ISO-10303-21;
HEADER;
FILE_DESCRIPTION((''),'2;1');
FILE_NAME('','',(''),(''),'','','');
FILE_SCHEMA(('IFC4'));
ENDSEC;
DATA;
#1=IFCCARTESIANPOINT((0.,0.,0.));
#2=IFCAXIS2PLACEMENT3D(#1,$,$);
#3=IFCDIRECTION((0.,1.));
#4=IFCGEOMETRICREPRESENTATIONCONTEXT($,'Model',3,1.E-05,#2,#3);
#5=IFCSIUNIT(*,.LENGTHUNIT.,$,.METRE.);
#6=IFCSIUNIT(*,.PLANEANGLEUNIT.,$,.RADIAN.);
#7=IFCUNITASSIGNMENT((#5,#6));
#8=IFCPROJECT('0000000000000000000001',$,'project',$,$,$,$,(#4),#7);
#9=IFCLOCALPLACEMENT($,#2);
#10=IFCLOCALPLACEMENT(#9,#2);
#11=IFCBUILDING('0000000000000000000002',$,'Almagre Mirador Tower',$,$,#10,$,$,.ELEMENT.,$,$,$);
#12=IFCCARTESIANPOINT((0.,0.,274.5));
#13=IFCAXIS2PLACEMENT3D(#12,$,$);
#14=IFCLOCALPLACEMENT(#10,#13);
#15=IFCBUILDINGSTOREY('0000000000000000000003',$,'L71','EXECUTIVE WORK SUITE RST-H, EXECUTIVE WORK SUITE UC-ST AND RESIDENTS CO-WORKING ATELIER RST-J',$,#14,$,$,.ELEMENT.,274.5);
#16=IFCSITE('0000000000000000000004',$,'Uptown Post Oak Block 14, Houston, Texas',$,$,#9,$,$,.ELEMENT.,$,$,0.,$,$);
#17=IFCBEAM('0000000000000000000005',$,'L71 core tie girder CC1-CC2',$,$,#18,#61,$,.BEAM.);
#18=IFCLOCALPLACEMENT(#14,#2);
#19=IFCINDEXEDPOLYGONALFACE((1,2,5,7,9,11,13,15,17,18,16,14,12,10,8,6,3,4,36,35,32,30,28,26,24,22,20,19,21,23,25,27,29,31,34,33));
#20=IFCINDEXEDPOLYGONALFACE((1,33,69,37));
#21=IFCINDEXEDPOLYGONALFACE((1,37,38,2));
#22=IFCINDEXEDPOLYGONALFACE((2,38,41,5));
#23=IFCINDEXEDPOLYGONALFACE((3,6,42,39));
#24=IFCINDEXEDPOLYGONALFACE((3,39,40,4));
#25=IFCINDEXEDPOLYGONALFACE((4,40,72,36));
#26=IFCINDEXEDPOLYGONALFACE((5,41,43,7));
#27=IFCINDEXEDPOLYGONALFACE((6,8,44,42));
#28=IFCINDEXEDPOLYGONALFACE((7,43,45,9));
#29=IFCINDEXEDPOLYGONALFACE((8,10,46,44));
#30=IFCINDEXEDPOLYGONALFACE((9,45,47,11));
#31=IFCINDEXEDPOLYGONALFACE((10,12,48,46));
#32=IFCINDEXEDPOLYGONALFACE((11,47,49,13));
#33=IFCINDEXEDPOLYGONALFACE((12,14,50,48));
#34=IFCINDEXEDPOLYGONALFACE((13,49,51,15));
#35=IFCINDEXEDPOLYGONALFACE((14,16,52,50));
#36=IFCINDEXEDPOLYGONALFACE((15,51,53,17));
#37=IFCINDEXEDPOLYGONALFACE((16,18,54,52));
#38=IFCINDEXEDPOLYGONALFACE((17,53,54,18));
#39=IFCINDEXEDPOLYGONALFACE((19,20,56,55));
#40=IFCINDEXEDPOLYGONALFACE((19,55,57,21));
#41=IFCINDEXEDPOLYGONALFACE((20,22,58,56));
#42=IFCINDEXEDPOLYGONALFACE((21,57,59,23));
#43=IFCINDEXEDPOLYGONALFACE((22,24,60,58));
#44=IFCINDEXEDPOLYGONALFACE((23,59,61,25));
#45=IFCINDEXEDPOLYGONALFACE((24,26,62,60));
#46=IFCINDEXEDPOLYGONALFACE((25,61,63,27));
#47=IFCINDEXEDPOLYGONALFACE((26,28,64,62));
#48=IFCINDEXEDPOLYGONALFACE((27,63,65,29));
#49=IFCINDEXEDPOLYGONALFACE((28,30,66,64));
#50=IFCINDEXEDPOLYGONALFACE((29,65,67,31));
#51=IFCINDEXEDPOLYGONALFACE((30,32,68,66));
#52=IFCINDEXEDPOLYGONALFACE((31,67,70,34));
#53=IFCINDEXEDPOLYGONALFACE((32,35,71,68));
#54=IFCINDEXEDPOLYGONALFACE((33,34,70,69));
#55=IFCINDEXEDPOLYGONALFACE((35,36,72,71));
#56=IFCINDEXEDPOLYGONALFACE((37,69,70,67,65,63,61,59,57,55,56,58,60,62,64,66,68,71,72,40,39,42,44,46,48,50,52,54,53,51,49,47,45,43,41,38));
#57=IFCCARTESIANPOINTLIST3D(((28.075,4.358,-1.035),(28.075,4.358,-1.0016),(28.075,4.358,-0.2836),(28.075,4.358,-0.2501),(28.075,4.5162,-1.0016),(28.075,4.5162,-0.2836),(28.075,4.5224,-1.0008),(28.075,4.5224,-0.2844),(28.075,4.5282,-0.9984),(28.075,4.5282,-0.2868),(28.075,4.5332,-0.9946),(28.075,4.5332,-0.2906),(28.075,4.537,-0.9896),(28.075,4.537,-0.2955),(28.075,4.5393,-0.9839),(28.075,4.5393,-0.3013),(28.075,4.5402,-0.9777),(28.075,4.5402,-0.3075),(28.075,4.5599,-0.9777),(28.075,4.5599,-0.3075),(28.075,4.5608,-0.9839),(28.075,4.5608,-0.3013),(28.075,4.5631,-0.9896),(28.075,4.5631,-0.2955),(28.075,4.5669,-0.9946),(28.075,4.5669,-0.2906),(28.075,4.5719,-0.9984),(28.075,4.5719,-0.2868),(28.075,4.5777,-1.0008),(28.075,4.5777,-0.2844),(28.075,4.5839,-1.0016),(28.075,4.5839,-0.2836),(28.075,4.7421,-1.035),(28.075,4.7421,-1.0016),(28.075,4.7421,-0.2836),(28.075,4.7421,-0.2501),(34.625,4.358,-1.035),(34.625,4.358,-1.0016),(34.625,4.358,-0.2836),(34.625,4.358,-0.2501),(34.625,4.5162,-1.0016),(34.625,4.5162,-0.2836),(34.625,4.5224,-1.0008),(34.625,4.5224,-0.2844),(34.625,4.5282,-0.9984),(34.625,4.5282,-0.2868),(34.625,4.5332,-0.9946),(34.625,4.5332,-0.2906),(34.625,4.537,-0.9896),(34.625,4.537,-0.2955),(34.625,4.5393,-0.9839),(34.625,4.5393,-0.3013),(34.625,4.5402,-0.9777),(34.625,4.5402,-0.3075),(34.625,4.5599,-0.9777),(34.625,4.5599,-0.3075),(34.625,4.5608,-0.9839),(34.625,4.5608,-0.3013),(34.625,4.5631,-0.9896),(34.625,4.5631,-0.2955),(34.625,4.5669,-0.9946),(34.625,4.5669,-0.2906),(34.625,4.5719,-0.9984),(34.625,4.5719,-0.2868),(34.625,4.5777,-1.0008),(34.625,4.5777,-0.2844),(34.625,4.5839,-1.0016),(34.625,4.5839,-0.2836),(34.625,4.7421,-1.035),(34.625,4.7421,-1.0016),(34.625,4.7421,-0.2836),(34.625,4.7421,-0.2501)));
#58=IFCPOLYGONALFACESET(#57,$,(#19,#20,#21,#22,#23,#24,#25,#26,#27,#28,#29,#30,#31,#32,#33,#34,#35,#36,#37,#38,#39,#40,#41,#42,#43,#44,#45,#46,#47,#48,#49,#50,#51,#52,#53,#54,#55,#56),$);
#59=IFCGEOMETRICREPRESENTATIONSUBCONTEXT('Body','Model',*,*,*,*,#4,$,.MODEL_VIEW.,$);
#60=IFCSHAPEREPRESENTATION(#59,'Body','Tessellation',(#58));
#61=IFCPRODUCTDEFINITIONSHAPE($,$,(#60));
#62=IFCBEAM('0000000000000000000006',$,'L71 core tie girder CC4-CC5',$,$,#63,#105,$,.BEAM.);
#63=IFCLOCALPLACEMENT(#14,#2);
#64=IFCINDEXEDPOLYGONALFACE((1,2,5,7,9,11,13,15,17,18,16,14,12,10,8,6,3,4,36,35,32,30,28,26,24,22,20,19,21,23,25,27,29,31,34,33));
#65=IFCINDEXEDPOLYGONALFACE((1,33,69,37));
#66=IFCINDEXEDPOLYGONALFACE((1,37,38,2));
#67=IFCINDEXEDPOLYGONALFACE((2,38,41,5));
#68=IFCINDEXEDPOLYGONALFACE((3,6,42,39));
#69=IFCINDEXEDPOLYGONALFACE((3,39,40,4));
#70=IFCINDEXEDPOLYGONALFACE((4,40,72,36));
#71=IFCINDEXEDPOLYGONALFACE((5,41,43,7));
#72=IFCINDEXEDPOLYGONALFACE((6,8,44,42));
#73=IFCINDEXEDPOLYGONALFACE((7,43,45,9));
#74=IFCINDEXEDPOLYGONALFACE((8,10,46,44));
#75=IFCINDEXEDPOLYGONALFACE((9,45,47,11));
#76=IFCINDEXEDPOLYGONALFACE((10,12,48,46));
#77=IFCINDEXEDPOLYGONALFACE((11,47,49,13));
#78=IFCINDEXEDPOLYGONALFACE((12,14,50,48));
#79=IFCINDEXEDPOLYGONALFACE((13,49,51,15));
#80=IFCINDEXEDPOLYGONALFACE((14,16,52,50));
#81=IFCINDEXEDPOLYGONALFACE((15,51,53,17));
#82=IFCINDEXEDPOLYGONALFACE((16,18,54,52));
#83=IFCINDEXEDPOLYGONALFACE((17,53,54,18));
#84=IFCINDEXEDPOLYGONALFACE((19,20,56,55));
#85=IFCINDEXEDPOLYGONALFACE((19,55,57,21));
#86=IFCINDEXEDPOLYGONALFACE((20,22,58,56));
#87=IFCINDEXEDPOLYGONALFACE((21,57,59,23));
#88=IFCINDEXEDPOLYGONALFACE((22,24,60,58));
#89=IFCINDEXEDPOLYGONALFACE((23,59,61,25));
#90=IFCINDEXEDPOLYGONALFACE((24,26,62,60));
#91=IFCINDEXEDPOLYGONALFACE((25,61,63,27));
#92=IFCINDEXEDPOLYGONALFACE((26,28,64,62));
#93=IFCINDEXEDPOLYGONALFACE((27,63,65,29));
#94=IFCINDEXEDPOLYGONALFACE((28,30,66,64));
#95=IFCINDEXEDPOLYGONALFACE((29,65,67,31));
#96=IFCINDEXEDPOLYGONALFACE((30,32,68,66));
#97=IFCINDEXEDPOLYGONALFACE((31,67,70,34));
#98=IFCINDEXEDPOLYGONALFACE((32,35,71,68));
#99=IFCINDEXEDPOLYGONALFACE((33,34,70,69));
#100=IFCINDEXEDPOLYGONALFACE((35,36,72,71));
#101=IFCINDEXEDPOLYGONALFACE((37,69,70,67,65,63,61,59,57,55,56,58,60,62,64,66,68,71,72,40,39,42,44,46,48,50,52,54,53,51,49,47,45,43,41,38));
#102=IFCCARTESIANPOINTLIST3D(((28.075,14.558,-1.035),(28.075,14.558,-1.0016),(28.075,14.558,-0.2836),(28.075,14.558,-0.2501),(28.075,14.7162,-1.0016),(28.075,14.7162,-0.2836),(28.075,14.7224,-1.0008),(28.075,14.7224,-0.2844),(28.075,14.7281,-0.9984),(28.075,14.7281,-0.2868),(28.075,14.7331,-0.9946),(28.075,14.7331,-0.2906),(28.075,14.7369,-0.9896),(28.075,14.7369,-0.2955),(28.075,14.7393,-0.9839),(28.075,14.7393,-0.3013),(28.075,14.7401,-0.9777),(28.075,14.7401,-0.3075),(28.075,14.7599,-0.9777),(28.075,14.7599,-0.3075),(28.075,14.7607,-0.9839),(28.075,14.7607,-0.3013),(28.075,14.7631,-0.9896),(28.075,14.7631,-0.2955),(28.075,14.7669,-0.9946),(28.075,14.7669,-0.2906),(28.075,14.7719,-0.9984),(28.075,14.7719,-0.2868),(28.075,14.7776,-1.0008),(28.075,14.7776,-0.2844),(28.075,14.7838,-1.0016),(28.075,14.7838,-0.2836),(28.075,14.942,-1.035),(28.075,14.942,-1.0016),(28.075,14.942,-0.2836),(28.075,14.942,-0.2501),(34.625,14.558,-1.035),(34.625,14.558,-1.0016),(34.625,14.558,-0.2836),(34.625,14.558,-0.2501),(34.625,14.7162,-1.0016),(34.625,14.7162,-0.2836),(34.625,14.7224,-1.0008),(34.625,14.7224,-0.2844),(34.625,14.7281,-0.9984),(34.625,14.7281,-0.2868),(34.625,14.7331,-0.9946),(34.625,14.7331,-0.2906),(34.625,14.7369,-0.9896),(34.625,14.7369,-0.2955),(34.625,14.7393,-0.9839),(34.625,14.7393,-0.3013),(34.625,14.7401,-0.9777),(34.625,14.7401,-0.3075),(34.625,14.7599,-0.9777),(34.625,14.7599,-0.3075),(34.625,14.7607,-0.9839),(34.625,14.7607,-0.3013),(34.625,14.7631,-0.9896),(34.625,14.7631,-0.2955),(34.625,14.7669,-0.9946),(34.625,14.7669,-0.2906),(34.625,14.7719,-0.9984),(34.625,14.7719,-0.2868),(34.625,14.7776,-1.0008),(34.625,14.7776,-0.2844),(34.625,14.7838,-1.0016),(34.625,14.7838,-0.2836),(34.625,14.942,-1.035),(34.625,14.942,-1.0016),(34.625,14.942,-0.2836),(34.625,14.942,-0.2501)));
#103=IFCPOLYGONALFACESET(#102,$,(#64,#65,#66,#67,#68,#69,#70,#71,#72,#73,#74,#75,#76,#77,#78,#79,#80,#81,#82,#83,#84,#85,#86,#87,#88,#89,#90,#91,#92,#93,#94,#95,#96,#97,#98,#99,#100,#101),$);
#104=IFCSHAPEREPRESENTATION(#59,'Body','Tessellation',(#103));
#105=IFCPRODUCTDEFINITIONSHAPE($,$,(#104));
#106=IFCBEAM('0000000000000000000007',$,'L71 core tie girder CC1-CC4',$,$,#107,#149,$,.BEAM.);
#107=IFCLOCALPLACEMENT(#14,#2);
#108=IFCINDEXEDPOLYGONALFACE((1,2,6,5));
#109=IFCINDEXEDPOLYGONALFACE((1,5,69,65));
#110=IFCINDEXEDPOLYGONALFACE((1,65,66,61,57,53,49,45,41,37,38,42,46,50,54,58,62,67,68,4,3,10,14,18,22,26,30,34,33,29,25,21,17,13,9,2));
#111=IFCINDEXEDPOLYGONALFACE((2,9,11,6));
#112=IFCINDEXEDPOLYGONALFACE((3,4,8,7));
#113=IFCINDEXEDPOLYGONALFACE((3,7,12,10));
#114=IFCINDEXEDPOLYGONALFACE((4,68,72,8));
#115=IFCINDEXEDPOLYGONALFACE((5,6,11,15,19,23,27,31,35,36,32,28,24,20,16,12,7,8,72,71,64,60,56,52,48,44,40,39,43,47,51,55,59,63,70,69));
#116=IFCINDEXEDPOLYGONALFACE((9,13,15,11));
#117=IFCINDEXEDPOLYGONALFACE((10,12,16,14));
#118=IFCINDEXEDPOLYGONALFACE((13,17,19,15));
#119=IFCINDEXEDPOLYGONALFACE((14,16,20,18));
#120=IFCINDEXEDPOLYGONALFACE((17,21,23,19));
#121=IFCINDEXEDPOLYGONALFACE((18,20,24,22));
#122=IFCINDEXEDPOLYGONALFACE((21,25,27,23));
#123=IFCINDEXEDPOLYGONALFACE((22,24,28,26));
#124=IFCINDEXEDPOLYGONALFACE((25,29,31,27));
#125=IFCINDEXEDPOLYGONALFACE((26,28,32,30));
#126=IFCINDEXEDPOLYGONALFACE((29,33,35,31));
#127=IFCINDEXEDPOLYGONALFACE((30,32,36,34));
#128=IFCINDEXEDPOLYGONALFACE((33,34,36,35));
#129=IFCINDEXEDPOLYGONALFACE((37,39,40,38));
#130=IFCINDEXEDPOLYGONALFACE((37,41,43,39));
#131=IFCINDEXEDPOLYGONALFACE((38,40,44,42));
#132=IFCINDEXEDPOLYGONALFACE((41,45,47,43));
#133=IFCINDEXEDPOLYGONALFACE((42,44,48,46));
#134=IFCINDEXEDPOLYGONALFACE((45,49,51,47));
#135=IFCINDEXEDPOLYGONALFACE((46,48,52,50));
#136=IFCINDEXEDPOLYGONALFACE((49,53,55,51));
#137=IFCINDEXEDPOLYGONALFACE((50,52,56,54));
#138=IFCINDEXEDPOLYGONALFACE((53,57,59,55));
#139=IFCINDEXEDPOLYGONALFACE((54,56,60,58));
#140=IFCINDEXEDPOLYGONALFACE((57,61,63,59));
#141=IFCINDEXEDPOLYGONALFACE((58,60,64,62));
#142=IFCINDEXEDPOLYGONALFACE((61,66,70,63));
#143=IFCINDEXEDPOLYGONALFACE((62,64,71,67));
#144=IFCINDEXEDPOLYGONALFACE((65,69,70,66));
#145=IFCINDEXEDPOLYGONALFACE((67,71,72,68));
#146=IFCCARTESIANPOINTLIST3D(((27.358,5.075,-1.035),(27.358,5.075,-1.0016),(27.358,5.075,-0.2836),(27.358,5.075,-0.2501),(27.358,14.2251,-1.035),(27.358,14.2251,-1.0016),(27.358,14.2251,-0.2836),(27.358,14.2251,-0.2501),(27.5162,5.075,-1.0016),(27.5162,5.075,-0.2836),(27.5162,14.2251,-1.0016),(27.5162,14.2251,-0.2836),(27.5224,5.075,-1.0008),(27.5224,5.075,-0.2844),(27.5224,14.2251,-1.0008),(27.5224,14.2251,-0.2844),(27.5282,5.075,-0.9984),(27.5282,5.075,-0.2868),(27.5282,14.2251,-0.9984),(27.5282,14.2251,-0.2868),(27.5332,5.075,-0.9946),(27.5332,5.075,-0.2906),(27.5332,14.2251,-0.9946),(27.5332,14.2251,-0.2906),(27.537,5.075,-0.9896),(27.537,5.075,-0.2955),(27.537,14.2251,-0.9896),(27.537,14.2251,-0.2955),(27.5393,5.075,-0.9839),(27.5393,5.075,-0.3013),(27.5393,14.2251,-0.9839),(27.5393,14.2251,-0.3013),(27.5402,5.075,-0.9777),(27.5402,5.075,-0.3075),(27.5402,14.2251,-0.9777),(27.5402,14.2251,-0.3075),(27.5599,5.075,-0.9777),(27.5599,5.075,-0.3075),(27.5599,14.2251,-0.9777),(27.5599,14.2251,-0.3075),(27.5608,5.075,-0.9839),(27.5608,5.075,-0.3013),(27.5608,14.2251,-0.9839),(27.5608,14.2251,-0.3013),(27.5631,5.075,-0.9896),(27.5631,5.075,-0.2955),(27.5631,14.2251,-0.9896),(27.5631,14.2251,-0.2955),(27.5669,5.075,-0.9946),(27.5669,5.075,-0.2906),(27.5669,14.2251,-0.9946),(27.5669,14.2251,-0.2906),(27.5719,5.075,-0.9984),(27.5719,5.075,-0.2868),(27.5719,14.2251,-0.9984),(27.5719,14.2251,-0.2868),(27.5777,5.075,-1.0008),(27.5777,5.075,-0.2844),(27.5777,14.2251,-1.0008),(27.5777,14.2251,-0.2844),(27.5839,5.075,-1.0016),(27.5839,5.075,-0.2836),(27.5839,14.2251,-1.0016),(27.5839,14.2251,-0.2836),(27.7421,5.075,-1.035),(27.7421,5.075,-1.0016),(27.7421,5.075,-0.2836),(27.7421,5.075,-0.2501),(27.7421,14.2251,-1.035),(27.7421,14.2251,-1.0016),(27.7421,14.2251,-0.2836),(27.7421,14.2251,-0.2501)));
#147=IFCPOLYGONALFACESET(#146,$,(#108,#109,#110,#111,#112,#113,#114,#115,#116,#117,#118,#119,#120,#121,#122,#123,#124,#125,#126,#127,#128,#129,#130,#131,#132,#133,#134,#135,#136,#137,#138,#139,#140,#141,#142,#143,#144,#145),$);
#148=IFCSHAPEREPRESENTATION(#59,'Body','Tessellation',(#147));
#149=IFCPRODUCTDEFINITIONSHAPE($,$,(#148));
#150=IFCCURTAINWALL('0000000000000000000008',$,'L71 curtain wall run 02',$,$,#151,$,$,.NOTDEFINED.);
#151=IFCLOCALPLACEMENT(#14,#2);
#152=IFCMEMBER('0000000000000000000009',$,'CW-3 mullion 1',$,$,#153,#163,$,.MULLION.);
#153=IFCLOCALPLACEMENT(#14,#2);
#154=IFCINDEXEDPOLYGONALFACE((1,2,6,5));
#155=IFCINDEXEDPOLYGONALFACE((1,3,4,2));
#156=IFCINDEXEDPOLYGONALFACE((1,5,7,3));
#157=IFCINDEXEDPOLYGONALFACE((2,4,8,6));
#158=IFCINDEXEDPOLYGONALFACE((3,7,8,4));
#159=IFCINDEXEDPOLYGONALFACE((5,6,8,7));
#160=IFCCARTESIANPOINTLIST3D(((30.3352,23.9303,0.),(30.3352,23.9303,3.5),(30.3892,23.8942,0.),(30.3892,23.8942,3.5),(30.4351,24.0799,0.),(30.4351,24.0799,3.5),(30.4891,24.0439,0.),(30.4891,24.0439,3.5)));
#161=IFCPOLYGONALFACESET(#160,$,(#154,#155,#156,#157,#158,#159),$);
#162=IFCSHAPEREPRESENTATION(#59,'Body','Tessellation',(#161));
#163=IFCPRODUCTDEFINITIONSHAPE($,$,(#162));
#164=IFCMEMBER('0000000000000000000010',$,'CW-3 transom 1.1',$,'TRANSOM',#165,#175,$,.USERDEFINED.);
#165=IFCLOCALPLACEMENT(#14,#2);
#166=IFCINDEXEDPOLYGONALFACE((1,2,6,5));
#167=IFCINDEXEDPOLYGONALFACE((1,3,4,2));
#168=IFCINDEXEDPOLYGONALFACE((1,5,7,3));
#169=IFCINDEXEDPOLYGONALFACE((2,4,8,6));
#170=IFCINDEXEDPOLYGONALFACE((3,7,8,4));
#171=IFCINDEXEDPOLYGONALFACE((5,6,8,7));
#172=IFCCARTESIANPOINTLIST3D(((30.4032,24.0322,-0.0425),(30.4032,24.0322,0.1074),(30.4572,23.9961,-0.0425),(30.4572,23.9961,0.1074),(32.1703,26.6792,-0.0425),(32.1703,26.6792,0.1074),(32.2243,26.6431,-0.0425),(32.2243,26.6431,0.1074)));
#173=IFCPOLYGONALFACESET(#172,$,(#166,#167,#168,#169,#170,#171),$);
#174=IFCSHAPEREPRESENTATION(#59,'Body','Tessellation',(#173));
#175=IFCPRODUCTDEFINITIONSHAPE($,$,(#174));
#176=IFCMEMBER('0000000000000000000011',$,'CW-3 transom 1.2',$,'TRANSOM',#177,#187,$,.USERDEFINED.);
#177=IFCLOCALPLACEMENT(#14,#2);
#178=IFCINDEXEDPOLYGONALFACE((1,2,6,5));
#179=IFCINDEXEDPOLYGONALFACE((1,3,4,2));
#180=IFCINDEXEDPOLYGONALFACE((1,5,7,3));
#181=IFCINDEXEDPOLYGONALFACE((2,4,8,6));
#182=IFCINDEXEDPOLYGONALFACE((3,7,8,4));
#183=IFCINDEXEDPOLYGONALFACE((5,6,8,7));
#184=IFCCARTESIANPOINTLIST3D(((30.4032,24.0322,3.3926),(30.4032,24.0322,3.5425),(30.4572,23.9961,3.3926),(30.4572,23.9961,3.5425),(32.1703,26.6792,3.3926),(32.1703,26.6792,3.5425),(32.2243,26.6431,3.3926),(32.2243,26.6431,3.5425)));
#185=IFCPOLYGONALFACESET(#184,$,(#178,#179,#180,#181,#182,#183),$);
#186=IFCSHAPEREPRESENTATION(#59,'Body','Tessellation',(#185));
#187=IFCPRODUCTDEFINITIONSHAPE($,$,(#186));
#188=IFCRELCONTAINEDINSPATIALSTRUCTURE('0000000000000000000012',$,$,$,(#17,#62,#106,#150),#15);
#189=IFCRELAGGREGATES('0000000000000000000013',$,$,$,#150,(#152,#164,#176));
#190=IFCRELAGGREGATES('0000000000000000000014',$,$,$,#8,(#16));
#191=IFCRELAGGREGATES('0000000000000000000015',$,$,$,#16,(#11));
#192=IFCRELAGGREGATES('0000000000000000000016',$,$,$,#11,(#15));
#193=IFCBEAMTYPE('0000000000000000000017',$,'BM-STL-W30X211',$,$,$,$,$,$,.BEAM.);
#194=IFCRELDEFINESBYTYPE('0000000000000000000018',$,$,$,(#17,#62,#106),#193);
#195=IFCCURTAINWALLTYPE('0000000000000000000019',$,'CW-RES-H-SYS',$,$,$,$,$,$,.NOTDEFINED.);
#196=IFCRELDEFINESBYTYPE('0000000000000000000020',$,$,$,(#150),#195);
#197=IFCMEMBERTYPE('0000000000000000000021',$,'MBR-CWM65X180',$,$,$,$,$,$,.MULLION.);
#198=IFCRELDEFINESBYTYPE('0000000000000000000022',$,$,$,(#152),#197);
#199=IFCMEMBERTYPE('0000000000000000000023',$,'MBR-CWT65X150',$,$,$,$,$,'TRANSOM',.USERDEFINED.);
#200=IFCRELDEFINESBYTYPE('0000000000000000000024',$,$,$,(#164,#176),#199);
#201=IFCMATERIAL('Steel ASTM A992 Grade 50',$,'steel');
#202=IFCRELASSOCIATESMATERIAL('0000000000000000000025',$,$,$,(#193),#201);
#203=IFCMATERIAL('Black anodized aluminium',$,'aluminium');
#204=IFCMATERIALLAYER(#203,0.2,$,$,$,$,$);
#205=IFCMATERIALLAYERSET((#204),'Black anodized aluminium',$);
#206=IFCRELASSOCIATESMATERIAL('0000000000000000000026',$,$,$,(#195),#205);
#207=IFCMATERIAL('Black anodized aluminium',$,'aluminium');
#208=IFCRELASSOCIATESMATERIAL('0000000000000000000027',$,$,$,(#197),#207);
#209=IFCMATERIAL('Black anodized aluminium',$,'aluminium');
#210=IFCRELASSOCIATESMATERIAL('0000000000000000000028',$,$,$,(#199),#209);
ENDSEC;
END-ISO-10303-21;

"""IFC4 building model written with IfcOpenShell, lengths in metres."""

from ifc_helpers import new_model, si_unit, direction, frame, origin, origin_2d, place, context, subcontext, project, spatial, rectangle, i_section, extrude, material, layer, layer_set, material_profile, profile_set, type_object, element, aggregate, save


model = new_model("IFC4")

# Units and contexts
model_context = context("Model", 3, precision=1e-05, world=origin(), true_north=direction((0.0, 1.0)))
body_context = subcontext(model_context, "Body", "Model", "MODEL_VIEW")
ifc_project = project(units=[si_unit("LENGTHUNIT", "METRE"), si_unit("PLANEANGLEUNIT", "RADIAN")], contexts=[model_context])

# Site, building, storey
site_placement = place(None, origin())
site = spatial("IfcSite", under=ifc_project, at=site_placement, Name="Uptown Post Oak Block 14, Houston, Texas", CompositionType="ELEMENT", RefElevation=0.0)
building_placement = place(site_placement, origin())
building = spatial("IfcBuilding", under=site, at=building_placement, Name="Almagre Mirador Tower", CompositionType="ELEMENT")
storey_placement = place(building_placement, frame((0.0, 0.0, 274.5)))
storey = spatial("IfcBuildingStorey", under=building, at=storey_placement, Name="L71", Description="EXECUTIVE WORK SUITE RST-H, EXECUTIVE WORK SUITE UC-ST AND RESIDENTS CO-WORKING ATELIER RST-J", CompositionType="ELEMENT", Elevation=274.5)

# Beams
ifc_material_1 = material(Name="Steel ASTM A992 Grade 50", Category="steel")
ifc_material_profile_1 = material_profile(ifc_material_1, i_section(OverallWidth=0.384, OverallDepth=0.7849, WebThickness=0.0198, FlangeThickness=0.0334, FilletRadius=0.0239, at=origin_2d()), Name="W30X211")
ifc_profile_set_1 = profile_set([ifc_material_profile_1], Name="Steel ASTM A992 Grade 50")
beam_type_1 = type_object("IfcBeamType", Name="BM-STL-W30X211", PredefinedType="BEAM", material=ifc_profile_set_1)
for number, where, z_axis, x_axis, name in (
    (1, (28.075, 4.55, -0.6426), (1.0, 0.0, 0.0), (0.0, 1.0, 0.0), "L71 core tie girder CC1-CC2"),
    (2, (28.075, 14.75, -0.6426), (1.0, 0.0, 0.0), (0.0, 1.0, 0.0), "L71 core tie girder CC4-CC5"),
):
    element("IfcBeam", number, at=place(storey_placement, frame(where, z_axis=z_axis, x_axis=x_axis)), inside=storey, type_object=beam_type_1, Name=name, PredefinedType="BEAM", context=body_context, shape_type="SweptSolid", body=[
        extrude(i_section(OverallWidth=0.384, OverallDepth=0.7849, WebThickness=0.0198, FlangeThickness=0.0334, FilletRadius=0.0239, at=origin_2d()), origin(), (0.0, 0.0, 1.0), 6.55),
    ])
beam_1_placement = place(storey_placement, frame((27.55, 5.075, -0.6426), z_axis=(0.0, 1.0, 0.0), x_axis=(-1.0, 0.0, 0.0)))
element("IfcBeam", 3, at=beam_1_placement, inside=storey, type_object=beam_type_1, Name="L71 core tie girder CC1-CC4", PredefinedType="BEAM", context=body_context, shape_type="SweptSolid", body=[
    extrude(i_section(OverallWidth=0.384, OverallDepth=0.7849, WebThickness=0.0198, FlangeThickness=0.0334, FilletRadius=0.0239, at=origin_2d()), origin(), (0.0, 0.0, 1.0), 9.1501),
])

# Curtain wall, members
ifc_material_2 = material(Name="Black anodized aluminium", Category="aluminium")
ifc_layer_1 = layer(ifc_material_2, 0.2)
ifc_layer_set_1 = layer_set([ifc_layer_1], Name="Black anodized aluminium")
curtain_wall_type = type_object("IfcCurtainWallType", Name="CW-RES-H-SYS", PredefinedType="NOTDEFINED", material=ifc_layer_set_1)
curtain_wall_placement = place(storey_placement, origin())
curtain_wall = element("IfcCurtainWall", 4, at=curtain_wall_placement, inside=storey, type_object=curtain_wall_type, Name="L71 curtain wall run 02", PredefinedType="NOTDEFINED")
ifc_material_3 = material(Name="Black anodized aluminium", Category="aluminium")
ifc_material_profile_2 = material_profile(ifc_material_3, rectangle(XDim=0.0649, YDim=0.1799, at=origin_2d()), Name="CWM65X180")
ifc_profile_set_2 = profile_set([ifc_material_profile_2], Name="Black anodized aluminium")
member_type_1 = type_object("IfcMemberType", Name="MBR-CWM65X180", PredefinedType="MULLION", material=ifc_profile_set_2)
member_1_placement = place(storey_placement, frame((30.4121, 23.9871, 0.0), z_axis=(0.0, 0.0, 1.0), x_axis=(-0.83171, 0.55521, 0.0)))
member_1 = element("IfcMember", 5, at=member_1_placement, type_object=member_type_1, Name="CW-3 mullion 1", PredefinedType="MULLION", context=body_context, shape_type="SweptSolid", body=[
    extrude(rectangle(XDim=0.0649, YDim=0.1799, at=origin_2d()), origin(), (0.0, 0.0, 1.0), 3.5),
])
ifc_material_4 = material(Name="Black anodized aluminium", Category="aluminium")
ifc_material_profile_3 = material_profile(ifc_material_4, rectangle(XDim=0.0649, YDim=0.1499, at=origin_2d()), Name="CWT65X150")
ifc_profile_set_3 = profile_set([ifc_material_profile_3], Name="Black anodized aluminium")
member_type_2 = type_object("IfcMemberType", Name="MBR-CWT65X150", ElementType="TRANSOM", PredefinedType="USERDEFINED", material=ifc_profile_set_3)
member_2_placement = place(storey_placement, frame((30.4302, 24.0142, 0.0325), z_axis=(0.555231, 0.831696, 0.0), x_axis=(-0.831696, 0.555231, 0.0)))
member_2 = element("IfcMember", 6, at=member_2_placement, type_object=member_type_2, Name="CW-3 transom 1.1", ObjectType="TRANSOM", PredefinedType="USERDEFINED", context=body_context, shape_type="SweptSolid", body=[
    extrude(rectangle(XDim=0.0649, YDim=0.1499, at=origin_2d()), origin(), (0.0, 0.0, 1.0), 3.1826),
])
member_3_placement = place(storey_placement, frame((30.4302, 24.0142, 3.4675), z_axis=(0.555231, 0.831696, 0.0), x_axis=(-0.831696, 0.555231, 0.0)))
member_3 = element("IfcMember", 7, at=member_3_placement, type_object=member_type_2, Name="CW-3 transom 1.2", ObjectType="TRANSOM", PredefinedType="USERDEFINED", context=body_context, shape_type="SweptSolid", body=[
    extrude(rectangle(XDim=0.0649, YDim=0.1499, at=origin_2d()), origin(), (0.0, 0.0, 1.0), 3.1826),
])
aggregate(curtain_wall, [member_1, member_2, member_3])

save(model, "model.ifc")
